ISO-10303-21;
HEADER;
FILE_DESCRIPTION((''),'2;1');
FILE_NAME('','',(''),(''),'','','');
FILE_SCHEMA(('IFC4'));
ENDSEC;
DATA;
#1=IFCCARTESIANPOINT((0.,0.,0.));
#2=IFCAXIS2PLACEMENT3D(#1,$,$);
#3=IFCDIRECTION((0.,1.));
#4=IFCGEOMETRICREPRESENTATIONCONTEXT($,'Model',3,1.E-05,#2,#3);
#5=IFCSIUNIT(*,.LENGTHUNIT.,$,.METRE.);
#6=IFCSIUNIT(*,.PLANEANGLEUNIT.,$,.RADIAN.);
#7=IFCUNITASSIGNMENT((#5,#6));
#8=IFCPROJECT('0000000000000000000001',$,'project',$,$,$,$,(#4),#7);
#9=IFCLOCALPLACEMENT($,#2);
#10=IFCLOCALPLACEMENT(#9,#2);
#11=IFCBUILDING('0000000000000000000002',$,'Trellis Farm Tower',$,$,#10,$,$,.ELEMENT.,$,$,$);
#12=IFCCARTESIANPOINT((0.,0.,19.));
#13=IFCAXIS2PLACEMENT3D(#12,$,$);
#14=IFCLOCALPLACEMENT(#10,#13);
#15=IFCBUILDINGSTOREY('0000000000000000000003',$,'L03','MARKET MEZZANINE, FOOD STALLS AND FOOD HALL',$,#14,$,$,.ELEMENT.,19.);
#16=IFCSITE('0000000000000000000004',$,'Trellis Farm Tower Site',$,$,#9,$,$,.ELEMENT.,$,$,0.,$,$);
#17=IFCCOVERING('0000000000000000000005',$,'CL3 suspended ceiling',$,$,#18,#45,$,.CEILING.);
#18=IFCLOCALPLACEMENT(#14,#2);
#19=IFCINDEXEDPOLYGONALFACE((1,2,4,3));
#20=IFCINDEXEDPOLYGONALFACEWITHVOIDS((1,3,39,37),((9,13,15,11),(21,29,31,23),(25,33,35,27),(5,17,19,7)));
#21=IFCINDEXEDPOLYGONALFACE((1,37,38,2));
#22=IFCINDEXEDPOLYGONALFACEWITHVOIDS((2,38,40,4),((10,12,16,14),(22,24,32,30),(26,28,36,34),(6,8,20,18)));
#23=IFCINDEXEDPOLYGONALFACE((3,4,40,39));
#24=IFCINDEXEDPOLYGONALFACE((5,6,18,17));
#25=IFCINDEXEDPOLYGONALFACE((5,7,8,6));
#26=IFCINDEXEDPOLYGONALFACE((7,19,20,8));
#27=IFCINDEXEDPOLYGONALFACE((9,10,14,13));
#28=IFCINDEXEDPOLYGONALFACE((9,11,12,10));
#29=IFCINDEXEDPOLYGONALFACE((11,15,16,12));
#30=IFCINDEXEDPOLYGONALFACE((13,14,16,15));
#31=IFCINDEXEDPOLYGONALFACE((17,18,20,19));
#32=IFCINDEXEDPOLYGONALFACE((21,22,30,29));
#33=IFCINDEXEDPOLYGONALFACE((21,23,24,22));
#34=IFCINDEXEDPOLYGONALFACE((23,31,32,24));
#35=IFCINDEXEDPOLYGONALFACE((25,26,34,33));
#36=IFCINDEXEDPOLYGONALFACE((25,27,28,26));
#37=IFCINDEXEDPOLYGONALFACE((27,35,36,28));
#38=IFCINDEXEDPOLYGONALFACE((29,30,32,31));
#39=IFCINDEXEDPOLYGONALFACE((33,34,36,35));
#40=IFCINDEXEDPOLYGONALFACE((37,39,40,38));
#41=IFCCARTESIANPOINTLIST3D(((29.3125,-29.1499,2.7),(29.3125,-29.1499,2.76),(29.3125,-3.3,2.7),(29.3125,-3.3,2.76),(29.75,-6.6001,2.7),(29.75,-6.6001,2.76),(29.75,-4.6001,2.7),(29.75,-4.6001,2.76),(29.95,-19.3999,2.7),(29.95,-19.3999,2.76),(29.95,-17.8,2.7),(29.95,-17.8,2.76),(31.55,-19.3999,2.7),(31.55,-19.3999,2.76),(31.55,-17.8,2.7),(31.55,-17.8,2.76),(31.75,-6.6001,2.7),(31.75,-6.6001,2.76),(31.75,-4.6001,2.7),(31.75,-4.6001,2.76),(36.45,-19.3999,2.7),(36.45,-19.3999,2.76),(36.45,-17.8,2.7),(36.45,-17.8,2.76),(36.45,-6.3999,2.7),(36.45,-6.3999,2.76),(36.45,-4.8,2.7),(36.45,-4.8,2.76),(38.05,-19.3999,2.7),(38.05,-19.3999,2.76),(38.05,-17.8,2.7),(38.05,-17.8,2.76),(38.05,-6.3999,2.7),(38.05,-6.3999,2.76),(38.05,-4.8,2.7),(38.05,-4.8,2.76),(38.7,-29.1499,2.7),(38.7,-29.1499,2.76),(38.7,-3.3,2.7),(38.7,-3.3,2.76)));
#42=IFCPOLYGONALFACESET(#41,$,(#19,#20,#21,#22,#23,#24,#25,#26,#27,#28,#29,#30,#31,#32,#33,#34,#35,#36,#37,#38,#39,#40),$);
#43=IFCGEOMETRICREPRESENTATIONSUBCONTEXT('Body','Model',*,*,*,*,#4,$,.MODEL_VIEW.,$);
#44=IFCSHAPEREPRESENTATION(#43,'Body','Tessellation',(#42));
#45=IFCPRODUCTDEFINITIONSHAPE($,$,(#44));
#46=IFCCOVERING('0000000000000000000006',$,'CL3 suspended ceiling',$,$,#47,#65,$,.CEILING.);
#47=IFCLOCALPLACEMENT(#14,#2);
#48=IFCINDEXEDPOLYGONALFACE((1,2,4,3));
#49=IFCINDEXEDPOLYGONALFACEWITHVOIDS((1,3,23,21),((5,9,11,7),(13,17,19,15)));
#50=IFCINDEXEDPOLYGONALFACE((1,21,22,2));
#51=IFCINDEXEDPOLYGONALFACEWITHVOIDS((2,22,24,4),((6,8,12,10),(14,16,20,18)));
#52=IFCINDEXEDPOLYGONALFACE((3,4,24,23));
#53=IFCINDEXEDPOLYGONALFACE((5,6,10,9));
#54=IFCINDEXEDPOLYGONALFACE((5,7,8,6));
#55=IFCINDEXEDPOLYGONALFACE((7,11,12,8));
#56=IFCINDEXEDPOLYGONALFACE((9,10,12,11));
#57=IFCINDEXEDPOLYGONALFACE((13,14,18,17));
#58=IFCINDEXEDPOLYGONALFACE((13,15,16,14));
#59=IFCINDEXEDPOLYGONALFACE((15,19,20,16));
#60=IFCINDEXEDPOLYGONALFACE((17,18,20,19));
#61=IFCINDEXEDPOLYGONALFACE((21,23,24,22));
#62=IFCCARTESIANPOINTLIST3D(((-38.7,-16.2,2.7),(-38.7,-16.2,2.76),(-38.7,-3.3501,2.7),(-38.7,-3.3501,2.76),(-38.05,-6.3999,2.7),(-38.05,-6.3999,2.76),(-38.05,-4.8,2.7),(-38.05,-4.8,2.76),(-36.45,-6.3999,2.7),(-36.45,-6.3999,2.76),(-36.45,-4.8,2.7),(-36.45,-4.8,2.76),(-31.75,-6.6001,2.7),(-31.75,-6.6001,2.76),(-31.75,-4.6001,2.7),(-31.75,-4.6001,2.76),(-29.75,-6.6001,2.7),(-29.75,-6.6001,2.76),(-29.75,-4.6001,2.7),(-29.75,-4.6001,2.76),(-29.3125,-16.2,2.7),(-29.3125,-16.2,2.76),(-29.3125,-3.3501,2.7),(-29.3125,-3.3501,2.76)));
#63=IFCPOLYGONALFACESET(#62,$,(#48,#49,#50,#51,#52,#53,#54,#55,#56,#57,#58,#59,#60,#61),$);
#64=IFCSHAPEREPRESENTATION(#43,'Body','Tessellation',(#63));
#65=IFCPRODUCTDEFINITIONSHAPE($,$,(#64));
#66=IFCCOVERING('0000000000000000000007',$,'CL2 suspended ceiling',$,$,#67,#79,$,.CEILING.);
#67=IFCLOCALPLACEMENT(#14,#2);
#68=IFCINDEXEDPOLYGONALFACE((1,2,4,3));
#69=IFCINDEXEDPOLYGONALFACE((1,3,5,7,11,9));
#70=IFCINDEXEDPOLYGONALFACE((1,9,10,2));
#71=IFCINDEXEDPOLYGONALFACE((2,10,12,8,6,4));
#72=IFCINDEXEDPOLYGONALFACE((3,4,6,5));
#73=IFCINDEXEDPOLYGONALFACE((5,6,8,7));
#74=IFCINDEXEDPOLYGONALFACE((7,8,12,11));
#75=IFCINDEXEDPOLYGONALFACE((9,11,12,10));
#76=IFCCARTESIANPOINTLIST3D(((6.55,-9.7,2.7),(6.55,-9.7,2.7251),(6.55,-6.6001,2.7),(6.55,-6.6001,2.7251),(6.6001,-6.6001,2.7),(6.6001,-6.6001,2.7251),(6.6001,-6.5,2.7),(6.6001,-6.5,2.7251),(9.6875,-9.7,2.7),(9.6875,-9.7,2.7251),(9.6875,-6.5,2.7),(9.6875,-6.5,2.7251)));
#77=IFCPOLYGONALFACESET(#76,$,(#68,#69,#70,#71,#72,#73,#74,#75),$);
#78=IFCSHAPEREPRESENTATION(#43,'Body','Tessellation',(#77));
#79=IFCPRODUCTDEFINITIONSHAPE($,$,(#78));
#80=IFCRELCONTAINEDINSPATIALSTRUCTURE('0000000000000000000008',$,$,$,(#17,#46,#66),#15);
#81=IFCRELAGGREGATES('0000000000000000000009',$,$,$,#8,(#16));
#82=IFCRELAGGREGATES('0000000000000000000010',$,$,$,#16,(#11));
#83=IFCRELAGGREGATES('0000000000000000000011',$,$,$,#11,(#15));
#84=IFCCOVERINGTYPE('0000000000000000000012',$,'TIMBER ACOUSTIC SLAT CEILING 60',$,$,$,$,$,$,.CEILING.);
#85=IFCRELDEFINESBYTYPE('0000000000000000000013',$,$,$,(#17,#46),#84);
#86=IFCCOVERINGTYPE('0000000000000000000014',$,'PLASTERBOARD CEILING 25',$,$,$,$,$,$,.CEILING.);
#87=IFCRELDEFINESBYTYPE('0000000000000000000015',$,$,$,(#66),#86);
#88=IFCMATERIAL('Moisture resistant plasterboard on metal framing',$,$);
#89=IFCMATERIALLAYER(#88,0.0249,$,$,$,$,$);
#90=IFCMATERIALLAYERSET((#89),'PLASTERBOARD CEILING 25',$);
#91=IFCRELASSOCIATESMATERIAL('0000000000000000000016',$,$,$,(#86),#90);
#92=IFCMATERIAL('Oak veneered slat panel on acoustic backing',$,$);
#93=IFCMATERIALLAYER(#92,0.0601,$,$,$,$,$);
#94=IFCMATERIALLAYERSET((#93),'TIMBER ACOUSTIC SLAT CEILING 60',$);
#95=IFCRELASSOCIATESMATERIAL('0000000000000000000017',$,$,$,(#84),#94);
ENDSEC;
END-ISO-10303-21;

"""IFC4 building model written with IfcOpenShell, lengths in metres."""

from ifc_helpers import new_model, si_unit, direction, frame, origin, place, context, subcontext, project, spatial, polyline, outline, extrude, source, transform, mapped, material, layer, layer_set, type_object, element, save


model = new_model("IFC4")

# Units and contexts
model_context = context("Model", 3, precision=1e-05, world=origin(), true_north=direction((0.0, 1.0)))
body_context = subcontext(model_context, "Body", "Model", "MODEL_VIEW")
ifc_project = project(units=[si_unit("LENGTHUNIT", "METRE"), si_unit("PLANEANGLEUNIT", "RADIAN")], contexts=[model_context])

# Site, building, storey
site_placement = place(None, origin())
site = spatial("IfcSite", under=ifc_project, at=site_placement, Name="Trellis Farm Tower Site", CompositionType="ELEMENT", RefElevation=0.0)
building_placement = place(site_placement, origin())
building = spatial("IfcBuilding", under=site, at=building_placement, Name="Trellis Farm Tower", CompositionType="ELEMENT")
storey_placement = place(building_placement, frame((0.0, 0.0, 19.0)))
storey = spatial("IfcBuildingStorey", under=building, at=storey_placement, Name="L03", Description="MARKET MEZZANINE, FOOD STALLS AND FOOD HALL", CompositionType="ELEMENT", Elevation=19.0)

# Coverings
ifc_material_1 = material(Name="Moisture resistant plasterboard on metal framing")
ifc_layer_1 = layer(ifc_material_1, 0.0249)
ifc_layer_set_1 = layer_set([ifc_layer_1], Name="PLASTERBOARD CEILING 25")
covering_type_1 = type_object("IfcCoveringType", Name="PLASTERBOARD CEILING 25", PredefinedType="CEILING", material=ifc_layer_set_1)
placement_1 = place(storey_placement, frame((0.0, 0.0, 2.7)))
ifc_material_2 = material(Name="Oak veneered slat panel on acoustic backing")
ifc_layer_2 = layer(ifc_material_2, 0.0601)
ifc_layer_set_2 = layer_set([ifc_layer_2], Name="TIMBER ACOUSTIC SLAT CEILING 60")
covering_type_2 = type_object("IfcCoveringType", Name="TIMBER ACOUSTIC SLAT CEILING 60", PredefinedType="CEILING", material=ifc_layer_set_2)
element("IfcCovering", 1, at=placement_1, inside=storey, type_object=covering_type_2, Name="CL3 suspended ceiling", PredefinedType="CEILING", context=body_context, shape_type="SweptSolid", body=[
    extrude(outline(polyline([(29.3125, -29.1499), (29.3125, -3.3), (38.7, -3.3), (38.7, -29.1499), (29.3125, -29.1499)]), holes=[polyline([(29.95, -19.3999), (31.55, -19.3999), (31.55, -17.8), (29.95, -17.8), (29.95, -19.3999)]), polyline([(36.45, -19.3999), (38.05, -19.3999), (38.05, -17.8), (36.45, -17.8), (36.45, -19.3999)]), polyline([(29.75, -6.6001), (31.75, -6.6001), (31.75, -4.6001), (29.75, -4.6001), (29.75, -6.6001)]), polyline([(36.45, -6.3999), (38.05, -6.3999), (38.05, -4.8), (36.45, -4.8), (36.45, -6.3999)])]), origin(), (0.0, 0.0, 1.0), 0.0601),
])
element("IfcCovering", 2, at=placement_1, inside=storey, type_object=covering_type_2, Name="CL3 suspended ceiling", PredefinedType="CEILING", context=body_context, shape_type="SweptSolid", body=[
    extrude(outline(polyline([(-29.3125, -3.3501), (-29.3125, -16.2), (-38.7, -16.2), (-38.7, -3.3501), (-29.3125, -3.3501)]), holes=[polyline([(-38.05, -6.3999), (-36.45, -6.3999), (-36.45, -4.8), (-38.05, -4.8), (-38.05, -6.3999)]), polyline([(-31.75, -6.6001), (-29.75, -6.6001), (-29.75, -4.6001), (-31.75, -4.6001), (-31.75, -6.6001)])]), origin(), (0.0, 0.0, 1.0), 0.0601),
])
shared_shape_1 = source(origin(), body_context, "Body", "SweptSolid", [
    extrude(outline(polyline([(6.55, -9.7), (6.55, -6.6001), (6.6001, -6.6001), (6.6001, -6.5), (9.6875, -6.5), (9.6875, -9.7), (6.55, -9.7)])), origin(), (0.0, 0.0, 1.0), 0.0251),
])
element("IfcCovering", 3, at=placement_1, inside=storey, type_object=covering_type_1, Name="CL2 suspended ceiling", PredefinedType="CEILING", context=body_context, shape_type="MappedRepresentation", body=[
    mapped(shared_shape_1, transform((0.0, 0.0, 0.0))),
])

save(model, "model.ifc")
